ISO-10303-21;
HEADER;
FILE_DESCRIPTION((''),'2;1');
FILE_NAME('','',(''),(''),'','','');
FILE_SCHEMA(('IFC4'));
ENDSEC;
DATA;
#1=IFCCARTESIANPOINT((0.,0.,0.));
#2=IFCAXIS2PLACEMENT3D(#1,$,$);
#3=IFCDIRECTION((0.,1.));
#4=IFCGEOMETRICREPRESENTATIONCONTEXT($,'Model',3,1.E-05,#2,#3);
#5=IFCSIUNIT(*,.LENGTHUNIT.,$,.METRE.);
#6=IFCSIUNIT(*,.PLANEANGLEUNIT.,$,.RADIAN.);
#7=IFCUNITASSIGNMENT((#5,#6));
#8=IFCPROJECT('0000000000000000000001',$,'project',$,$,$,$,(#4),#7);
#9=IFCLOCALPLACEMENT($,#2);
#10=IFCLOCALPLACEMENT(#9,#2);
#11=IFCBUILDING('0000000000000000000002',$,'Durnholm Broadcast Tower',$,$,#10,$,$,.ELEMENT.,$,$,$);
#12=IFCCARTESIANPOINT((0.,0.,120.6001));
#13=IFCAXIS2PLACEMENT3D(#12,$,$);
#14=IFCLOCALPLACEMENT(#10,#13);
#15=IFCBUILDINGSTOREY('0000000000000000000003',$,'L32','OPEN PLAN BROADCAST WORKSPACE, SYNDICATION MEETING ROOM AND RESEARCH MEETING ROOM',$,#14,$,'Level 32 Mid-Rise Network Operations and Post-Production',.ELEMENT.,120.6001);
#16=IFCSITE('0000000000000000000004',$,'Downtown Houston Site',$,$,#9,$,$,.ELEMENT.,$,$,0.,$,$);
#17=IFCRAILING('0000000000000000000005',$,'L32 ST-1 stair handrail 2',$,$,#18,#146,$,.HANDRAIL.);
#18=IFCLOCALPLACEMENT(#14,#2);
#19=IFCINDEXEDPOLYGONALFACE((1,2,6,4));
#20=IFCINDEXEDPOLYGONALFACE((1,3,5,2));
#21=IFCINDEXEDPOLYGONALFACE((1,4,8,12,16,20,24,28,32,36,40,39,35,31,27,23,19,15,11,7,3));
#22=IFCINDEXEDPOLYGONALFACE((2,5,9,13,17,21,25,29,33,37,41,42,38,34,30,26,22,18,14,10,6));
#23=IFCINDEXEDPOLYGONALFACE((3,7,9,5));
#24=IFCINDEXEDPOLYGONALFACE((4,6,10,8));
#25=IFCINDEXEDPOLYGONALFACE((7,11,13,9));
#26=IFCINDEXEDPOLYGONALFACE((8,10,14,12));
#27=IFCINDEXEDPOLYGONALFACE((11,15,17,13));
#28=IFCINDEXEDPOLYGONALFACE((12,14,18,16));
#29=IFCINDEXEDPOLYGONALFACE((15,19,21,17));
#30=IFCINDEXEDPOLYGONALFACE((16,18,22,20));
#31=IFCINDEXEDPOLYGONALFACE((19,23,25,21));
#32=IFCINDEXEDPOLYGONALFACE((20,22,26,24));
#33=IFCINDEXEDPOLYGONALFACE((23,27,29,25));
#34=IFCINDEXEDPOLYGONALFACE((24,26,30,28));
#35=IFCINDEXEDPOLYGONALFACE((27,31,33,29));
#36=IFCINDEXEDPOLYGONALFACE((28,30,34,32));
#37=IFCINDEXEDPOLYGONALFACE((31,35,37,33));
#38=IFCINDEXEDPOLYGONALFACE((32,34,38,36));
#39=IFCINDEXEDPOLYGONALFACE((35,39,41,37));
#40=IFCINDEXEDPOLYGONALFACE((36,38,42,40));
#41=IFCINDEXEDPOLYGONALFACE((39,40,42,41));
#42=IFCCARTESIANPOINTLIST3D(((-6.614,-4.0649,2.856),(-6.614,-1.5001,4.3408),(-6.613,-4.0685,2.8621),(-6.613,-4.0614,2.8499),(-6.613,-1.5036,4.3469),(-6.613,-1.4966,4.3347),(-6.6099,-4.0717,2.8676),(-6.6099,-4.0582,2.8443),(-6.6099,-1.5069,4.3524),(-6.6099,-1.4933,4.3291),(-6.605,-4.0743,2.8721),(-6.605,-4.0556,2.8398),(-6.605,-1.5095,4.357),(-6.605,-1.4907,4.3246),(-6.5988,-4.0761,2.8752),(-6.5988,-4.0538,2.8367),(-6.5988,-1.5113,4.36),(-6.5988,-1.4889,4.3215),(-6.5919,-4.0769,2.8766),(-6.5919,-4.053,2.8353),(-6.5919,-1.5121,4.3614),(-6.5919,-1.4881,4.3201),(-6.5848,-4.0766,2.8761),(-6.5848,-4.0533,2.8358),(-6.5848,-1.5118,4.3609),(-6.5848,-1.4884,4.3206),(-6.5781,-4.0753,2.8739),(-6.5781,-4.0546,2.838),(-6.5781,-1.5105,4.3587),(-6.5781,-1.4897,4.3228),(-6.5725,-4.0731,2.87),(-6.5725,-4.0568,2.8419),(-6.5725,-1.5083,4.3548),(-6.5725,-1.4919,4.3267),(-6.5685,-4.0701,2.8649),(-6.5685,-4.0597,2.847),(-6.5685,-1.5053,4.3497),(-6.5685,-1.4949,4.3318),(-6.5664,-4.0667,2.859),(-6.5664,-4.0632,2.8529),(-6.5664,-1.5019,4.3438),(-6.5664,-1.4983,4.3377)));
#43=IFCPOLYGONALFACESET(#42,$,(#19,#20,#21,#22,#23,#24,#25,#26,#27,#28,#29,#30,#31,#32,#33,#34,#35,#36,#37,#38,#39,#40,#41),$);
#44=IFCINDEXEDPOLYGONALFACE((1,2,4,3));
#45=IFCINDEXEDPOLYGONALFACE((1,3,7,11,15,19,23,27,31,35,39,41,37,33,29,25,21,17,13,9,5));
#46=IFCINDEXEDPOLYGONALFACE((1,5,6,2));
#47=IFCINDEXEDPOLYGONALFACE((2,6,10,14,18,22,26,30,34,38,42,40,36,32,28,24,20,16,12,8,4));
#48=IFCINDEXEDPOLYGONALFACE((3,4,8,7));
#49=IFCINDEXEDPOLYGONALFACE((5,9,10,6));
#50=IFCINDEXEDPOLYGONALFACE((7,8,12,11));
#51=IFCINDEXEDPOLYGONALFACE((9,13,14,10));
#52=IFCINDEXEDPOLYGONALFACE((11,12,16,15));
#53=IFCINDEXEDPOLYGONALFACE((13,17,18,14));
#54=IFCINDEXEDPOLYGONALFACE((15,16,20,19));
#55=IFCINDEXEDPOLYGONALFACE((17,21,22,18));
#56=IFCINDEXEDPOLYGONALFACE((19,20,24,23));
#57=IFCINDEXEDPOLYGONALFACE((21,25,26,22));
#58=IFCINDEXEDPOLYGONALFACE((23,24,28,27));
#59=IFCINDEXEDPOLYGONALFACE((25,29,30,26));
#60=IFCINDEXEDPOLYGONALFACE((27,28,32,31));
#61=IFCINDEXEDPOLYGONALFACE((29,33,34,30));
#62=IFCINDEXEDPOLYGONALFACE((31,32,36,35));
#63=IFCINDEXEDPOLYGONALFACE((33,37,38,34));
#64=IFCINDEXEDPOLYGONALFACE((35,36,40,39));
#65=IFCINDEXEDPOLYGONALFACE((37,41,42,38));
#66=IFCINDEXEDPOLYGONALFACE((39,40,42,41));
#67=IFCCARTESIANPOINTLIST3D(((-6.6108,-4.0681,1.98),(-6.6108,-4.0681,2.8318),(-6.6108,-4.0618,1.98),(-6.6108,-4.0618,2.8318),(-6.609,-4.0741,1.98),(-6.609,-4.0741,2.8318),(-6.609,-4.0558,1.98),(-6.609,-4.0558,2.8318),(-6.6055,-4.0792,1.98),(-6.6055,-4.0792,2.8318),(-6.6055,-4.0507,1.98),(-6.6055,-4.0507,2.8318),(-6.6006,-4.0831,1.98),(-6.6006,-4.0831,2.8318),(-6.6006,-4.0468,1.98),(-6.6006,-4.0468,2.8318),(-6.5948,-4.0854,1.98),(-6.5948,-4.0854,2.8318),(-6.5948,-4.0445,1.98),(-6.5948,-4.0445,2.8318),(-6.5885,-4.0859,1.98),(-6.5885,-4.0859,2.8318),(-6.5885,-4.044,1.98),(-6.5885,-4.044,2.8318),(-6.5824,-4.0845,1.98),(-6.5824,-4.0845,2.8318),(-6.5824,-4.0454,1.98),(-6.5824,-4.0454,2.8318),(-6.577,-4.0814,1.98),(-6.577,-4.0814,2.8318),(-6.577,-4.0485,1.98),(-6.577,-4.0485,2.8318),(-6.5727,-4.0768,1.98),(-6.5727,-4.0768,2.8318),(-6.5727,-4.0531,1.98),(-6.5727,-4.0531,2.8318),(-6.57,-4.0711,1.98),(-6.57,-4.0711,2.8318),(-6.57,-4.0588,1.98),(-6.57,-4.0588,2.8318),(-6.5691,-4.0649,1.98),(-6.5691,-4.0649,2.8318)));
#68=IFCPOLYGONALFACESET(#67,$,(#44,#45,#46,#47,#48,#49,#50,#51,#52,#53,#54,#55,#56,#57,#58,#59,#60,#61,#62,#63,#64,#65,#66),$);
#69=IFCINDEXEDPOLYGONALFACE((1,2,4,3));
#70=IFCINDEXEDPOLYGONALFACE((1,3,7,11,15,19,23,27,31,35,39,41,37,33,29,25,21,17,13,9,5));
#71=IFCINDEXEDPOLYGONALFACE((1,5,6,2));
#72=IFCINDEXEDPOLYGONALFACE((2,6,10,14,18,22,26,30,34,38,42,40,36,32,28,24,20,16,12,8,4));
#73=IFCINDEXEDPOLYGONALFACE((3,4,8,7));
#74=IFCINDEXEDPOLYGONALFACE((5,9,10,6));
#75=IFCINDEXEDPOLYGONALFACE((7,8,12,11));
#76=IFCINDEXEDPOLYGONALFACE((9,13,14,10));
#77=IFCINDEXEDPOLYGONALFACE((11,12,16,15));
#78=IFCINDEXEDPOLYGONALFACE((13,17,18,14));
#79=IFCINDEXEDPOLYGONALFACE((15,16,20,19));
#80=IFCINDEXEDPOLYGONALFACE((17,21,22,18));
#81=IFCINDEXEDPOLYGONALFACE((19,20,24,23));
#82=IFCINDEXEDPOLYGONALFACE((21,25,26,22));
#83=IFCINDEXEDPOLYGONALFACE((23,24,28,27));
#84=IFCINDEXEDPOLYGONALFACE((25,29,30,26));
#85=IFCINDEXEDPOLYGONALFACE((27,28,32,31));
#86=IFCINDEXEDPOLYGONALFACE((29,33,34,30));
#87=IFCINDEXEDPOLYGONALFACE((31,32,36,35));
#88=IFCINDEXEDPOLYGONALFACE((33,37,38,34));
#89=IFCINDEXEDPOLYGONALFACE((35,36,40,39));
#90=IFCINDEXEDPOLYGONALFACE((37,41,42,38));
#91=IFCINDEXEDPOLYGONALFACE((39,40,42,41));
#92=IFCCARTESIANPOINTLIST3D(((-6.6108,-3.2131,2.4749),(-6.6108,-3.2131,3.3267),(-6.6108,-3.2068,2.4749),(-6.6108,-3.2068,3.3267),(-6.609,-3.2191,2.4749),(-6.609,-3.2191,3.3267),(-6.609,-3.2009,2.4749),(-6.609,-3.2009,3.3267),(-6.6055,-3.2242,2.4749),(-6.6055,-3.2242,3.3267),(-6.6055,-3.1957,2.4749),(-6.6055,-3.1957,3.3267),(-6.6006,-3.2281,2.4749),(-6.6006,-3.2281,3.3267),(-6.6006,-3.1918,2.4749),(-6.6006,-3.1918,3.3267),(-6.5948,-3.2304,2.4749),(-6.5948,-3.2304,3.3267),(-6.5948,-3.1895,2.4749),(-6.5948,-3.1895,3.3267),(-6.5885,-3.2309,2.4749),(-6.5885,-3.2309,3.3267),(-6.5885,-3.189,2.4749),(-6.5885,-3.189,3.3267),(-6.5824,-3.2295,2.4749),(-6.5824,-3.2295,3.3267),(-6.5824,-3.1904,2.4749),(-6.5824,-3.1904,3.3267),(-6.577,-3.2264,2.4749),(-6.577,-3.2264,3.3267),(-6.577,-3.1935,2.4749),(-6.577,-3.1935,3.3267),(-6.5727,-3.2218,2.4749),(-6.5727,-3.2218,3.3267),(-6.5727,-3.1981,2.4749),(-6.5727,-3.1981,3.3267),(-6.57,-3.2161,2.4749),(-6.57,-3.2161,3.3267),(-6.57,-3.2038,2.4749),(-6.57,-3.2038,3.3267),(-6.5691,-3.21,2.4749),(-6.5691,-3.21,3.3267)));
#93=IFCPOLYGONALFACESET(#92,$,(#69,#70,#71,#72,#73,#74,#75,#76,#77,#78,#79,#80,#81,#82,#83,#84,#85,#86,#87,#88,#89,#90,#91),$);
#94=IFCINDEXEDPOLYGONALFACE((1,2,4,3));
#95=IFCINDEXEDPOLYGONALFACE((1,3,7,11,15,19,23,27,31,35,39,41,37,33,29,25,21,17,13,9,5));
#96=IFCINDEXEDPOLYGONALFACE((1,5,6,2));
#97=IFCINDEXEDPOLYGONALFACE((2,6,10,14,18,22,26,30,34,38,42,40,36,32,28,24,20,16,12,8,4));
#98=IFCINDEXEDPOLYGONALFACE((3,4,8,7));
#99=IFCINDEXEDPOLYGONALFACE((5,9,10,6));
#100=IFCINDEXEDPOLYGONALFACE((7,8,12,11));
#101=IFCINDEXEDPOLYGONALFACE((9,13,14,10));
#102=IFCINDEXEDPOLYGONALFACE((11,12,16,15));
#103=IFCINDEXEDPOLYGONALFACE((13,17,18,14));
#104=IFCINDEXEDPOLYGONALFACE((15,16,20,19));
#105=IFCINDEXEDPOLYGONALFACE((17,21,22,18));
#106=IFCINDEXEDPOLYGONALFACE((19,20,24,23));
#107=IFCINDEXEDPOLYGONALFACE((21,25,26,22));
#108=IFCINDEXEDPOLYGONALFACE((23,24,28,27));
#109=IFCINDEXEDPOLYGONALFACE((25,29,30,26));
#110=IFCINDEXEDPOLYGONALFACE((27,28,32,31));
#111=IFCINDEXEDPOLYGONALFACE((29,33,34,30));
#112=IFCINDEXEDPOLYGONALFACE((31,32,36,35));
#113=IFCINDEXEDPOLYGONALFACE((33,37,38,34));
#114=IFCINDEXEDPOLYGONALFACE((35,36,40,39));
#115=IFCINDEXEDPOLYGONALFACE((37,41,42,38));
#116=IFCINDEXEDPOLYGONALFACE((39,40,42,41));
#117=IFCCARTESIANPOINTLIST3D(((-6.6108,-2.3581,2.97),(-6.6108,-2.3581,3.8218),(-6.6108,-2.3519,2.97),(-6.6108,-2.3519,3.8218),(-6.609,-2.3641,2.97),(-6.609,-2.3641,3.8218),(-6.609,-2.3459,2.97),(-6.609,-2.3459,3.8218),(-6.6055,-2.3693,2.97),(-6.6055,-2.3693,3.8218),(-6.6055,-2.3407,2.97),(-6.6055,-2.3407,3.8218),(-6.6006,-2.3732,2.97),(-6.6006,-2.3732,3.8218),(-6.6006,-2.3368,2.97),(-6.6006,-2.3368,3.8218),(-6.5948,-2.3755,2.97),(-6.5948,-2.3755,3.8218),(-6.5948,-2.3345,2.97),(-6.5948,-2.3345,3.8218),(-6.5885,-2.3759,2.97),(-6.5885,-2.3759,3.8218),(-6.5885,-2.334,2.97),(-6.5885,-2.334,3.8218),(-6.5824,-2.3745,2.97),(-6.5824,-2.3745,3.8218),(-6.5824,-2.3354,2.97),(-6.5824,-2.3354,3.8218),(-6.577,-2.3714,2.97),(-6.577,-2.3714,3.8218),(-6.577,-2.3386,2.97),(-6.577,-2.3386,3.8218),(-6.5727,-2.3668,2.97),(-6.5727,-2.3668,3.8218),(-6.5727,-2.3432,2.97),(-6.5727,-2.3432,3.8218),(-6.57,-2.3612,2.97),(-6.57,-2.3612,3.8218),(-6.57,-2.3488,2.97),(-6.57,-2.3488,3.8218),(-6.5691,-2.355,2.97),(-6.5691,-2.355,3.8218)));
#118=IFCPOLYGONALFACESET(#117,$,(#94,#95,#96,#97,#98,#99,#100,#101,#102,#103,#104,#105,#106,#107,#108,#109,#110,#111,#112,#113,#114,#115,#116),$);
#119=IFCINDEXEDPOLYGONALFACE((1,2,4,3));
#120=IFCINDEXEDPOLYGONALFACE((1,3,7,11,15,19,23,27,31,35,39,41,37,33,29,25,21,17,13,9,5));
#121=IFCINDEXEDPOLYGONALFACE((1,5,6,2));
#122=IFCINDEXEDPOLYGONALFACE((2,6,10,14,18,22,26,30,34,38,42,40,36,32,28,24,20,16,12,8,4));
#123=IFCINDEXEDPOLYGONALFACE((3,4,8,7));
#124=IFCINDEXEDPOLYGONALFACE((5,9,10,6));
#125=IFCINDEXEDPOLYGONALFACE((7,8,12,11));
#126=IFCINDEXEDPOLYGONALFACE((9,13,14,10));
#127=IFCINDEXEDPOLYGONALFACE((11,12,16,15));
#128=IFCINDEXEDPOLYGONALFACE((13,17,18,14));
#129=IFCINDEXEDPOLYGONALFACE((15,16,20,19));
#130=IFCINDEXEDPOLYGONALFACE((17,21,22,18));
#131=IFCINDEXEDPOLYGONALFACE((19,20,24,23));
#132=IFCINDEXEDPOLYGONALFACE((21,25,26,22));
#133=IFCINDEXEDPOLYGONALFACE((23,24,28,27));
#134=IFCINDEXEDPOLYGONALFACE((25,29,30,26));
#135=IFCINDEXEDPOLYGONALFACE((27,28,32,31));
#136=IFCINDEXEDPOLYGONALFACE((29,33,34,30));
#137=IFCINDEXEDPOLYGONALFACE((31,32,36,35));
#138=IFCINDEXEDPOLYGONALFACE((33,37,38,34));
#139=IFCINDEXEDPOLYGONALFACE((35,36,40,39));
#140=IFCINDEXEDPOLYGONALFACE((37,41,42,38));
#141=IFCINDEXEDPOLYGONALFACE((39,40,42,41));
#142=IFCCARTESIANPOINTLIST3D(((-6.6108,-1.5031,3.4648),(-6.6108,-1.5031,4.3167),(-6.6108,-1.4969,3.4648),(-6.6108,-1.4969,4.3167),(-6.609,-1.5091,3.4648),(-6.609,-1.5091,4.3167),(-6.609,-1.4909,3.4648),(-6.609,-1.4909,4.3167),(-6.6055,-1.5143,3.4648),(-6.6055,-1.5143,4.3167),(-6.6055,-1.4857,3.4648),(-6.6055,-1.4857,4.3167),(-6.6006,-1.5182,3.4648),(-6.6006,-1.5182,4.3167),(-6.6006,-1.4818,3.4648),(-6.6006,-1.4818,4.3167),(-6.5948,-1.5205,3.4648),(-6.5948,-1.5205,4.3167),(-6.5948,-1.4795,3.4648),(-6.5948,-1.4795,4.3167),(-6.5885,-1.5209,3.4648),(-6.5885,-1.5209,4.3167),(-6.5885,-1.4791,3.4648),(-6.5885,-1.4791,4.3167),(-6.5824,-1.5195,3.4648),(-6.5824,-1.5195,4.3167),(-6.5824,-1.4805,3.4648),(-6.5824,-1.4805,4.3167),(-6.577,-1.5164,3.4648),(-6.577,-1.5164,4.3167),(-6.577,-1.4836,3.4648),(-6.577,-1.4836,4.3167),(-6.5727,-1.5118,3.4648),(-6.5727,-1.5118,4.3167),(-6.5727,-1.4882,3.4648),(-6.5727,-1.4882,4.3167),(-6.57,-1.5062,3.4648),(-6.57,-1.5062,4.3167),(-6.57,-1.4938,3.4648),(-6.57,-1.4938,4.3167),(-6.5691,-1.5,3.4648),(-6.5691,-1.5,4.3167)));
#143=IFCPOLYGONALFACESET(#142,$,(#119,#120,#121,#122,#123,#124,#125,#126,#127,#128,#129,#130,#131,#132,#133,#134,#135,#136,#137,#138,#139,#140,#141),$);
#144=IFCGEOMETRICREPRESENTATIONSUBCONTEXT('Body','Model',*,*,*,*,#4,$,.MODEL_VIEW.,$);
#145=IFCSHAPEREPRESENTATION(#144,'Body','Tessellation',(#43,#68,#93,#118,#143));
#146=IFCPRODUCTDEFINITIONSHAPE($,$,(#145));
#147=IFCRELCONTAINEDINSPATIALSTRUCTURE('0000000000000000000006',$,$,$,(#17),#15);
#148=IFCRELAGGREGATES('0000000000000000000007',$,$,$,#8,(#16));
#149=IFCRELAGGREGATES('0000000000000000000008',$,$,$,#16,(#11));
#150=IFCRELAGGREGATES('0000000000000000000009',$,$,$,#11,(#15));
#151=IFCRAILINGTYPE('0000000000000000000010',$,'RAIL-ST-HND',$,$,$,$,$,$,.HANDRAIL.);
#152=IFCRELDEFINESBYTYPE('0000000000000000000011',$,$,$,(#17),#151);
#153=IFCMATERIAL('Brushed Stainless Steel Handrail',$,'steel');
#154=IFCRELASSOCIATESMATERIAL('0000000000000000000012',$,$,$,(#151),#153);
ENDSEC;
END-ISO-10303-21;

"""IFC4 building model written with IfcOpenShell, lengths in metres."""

from ifc_helpers import new_model, si_unit, direction, frame, origin, origin_2d, place, context, subcontext, project, spatial, circle, extrude, material, type_object, element, save


model = new_model("IFC4")

# Units and contexts
model_context = context("Model", 3, precision=1e-05, world=origin(), true_north=direction((0.0, 1.0)))
body_context = subcontext(model_context, "Body", "Model", "MODEL_VIEW")
ifc_project = project(units=[si_unit("LENGTHUNIT", "METRE"), si_unit("PLANEANGLEUNIT", "RADIAN")], contexts=[model_context])

# Site, building, storey
site_placement = place(None, origin())
site = spatial("IfcSite", under=ifc_project, at=site_placement, Name="Downtown Houston Site", CompositionType="ELEMENT", RefElevation=0.0)
building_placement = place(site_placement, origin())
building = spatial("IfcBuilding", under=site, at=building_placement, Name="Durnholm Broadcast Tower", CompositionType="ELEMENT")
storey_placement = place(building_placement, frame((0.0, 0.0, 120.6001)))
storey = spatial("IfcBuildingStorey", under=building, at=storey_placement, Name="L32", Description="OPEN PLAN BROADCAST WORKSPACE, SYNDICATION MEETING ROOM AND RESEARCH MEETING ROOM", LongName="Level 32 Mid-Rise Network Operations and Post-Production", CompositionType="ELEMENT", Elevation=120.6001)

# Railing
ifc_material_1 = material(Name="Brushed Stainless Steel Handrail", Category="steel")
railing_type_1 = type_object("IfcRailingType", Name="RAIL-ST-HND", PredefinedType="HANDRAIL", material=ifc_material_1)
railing_1_placement = place(storey_placement, frame((-6.5901, -4.0649, 1.98)))
element("IfcRailing", 1, at=railing_1_placement, inside=storey, type_object=railing_type_1, Name="L32 ST-1 stair handrail 2", PredefinedType="HANDRAIL", context=body_context, shape_type="SweptSolid", body=[
    extrude(circle(Radius=0.0239, at=origin_2d()), frame((0.0, 0.0, 0.876), z_axis=(0.0, 0.865441, 0.50101), x_axis=(-1.0, 0.0, 0.0)), (0.0, 0.0, 1.0), 2.9636),
    extrude(circle(Radius=0.021, at=origin_2d()), origin(), (0.0, 0.0, 1.0), 0.8518),
    extrude(circle(Radius=0.021, at=origin_2d()), frame((0.0, 0.855, 0.4949)), (0.0, 0.0, 1.0), 0.8518),
    extrude(circle(Radius=0.021, at=origin_2d()), frame((0.0, 1.71, 0.99)), (0.0, 0.0, 1.0), 0.8518),
    extrude(circle(Radius=0.021, at=origin_2d()), frame((0.0, 2.5649, 1.4849)), (0.0, 0.0, 1.0), 0.8518),
])

save(model, "model.ifc")
